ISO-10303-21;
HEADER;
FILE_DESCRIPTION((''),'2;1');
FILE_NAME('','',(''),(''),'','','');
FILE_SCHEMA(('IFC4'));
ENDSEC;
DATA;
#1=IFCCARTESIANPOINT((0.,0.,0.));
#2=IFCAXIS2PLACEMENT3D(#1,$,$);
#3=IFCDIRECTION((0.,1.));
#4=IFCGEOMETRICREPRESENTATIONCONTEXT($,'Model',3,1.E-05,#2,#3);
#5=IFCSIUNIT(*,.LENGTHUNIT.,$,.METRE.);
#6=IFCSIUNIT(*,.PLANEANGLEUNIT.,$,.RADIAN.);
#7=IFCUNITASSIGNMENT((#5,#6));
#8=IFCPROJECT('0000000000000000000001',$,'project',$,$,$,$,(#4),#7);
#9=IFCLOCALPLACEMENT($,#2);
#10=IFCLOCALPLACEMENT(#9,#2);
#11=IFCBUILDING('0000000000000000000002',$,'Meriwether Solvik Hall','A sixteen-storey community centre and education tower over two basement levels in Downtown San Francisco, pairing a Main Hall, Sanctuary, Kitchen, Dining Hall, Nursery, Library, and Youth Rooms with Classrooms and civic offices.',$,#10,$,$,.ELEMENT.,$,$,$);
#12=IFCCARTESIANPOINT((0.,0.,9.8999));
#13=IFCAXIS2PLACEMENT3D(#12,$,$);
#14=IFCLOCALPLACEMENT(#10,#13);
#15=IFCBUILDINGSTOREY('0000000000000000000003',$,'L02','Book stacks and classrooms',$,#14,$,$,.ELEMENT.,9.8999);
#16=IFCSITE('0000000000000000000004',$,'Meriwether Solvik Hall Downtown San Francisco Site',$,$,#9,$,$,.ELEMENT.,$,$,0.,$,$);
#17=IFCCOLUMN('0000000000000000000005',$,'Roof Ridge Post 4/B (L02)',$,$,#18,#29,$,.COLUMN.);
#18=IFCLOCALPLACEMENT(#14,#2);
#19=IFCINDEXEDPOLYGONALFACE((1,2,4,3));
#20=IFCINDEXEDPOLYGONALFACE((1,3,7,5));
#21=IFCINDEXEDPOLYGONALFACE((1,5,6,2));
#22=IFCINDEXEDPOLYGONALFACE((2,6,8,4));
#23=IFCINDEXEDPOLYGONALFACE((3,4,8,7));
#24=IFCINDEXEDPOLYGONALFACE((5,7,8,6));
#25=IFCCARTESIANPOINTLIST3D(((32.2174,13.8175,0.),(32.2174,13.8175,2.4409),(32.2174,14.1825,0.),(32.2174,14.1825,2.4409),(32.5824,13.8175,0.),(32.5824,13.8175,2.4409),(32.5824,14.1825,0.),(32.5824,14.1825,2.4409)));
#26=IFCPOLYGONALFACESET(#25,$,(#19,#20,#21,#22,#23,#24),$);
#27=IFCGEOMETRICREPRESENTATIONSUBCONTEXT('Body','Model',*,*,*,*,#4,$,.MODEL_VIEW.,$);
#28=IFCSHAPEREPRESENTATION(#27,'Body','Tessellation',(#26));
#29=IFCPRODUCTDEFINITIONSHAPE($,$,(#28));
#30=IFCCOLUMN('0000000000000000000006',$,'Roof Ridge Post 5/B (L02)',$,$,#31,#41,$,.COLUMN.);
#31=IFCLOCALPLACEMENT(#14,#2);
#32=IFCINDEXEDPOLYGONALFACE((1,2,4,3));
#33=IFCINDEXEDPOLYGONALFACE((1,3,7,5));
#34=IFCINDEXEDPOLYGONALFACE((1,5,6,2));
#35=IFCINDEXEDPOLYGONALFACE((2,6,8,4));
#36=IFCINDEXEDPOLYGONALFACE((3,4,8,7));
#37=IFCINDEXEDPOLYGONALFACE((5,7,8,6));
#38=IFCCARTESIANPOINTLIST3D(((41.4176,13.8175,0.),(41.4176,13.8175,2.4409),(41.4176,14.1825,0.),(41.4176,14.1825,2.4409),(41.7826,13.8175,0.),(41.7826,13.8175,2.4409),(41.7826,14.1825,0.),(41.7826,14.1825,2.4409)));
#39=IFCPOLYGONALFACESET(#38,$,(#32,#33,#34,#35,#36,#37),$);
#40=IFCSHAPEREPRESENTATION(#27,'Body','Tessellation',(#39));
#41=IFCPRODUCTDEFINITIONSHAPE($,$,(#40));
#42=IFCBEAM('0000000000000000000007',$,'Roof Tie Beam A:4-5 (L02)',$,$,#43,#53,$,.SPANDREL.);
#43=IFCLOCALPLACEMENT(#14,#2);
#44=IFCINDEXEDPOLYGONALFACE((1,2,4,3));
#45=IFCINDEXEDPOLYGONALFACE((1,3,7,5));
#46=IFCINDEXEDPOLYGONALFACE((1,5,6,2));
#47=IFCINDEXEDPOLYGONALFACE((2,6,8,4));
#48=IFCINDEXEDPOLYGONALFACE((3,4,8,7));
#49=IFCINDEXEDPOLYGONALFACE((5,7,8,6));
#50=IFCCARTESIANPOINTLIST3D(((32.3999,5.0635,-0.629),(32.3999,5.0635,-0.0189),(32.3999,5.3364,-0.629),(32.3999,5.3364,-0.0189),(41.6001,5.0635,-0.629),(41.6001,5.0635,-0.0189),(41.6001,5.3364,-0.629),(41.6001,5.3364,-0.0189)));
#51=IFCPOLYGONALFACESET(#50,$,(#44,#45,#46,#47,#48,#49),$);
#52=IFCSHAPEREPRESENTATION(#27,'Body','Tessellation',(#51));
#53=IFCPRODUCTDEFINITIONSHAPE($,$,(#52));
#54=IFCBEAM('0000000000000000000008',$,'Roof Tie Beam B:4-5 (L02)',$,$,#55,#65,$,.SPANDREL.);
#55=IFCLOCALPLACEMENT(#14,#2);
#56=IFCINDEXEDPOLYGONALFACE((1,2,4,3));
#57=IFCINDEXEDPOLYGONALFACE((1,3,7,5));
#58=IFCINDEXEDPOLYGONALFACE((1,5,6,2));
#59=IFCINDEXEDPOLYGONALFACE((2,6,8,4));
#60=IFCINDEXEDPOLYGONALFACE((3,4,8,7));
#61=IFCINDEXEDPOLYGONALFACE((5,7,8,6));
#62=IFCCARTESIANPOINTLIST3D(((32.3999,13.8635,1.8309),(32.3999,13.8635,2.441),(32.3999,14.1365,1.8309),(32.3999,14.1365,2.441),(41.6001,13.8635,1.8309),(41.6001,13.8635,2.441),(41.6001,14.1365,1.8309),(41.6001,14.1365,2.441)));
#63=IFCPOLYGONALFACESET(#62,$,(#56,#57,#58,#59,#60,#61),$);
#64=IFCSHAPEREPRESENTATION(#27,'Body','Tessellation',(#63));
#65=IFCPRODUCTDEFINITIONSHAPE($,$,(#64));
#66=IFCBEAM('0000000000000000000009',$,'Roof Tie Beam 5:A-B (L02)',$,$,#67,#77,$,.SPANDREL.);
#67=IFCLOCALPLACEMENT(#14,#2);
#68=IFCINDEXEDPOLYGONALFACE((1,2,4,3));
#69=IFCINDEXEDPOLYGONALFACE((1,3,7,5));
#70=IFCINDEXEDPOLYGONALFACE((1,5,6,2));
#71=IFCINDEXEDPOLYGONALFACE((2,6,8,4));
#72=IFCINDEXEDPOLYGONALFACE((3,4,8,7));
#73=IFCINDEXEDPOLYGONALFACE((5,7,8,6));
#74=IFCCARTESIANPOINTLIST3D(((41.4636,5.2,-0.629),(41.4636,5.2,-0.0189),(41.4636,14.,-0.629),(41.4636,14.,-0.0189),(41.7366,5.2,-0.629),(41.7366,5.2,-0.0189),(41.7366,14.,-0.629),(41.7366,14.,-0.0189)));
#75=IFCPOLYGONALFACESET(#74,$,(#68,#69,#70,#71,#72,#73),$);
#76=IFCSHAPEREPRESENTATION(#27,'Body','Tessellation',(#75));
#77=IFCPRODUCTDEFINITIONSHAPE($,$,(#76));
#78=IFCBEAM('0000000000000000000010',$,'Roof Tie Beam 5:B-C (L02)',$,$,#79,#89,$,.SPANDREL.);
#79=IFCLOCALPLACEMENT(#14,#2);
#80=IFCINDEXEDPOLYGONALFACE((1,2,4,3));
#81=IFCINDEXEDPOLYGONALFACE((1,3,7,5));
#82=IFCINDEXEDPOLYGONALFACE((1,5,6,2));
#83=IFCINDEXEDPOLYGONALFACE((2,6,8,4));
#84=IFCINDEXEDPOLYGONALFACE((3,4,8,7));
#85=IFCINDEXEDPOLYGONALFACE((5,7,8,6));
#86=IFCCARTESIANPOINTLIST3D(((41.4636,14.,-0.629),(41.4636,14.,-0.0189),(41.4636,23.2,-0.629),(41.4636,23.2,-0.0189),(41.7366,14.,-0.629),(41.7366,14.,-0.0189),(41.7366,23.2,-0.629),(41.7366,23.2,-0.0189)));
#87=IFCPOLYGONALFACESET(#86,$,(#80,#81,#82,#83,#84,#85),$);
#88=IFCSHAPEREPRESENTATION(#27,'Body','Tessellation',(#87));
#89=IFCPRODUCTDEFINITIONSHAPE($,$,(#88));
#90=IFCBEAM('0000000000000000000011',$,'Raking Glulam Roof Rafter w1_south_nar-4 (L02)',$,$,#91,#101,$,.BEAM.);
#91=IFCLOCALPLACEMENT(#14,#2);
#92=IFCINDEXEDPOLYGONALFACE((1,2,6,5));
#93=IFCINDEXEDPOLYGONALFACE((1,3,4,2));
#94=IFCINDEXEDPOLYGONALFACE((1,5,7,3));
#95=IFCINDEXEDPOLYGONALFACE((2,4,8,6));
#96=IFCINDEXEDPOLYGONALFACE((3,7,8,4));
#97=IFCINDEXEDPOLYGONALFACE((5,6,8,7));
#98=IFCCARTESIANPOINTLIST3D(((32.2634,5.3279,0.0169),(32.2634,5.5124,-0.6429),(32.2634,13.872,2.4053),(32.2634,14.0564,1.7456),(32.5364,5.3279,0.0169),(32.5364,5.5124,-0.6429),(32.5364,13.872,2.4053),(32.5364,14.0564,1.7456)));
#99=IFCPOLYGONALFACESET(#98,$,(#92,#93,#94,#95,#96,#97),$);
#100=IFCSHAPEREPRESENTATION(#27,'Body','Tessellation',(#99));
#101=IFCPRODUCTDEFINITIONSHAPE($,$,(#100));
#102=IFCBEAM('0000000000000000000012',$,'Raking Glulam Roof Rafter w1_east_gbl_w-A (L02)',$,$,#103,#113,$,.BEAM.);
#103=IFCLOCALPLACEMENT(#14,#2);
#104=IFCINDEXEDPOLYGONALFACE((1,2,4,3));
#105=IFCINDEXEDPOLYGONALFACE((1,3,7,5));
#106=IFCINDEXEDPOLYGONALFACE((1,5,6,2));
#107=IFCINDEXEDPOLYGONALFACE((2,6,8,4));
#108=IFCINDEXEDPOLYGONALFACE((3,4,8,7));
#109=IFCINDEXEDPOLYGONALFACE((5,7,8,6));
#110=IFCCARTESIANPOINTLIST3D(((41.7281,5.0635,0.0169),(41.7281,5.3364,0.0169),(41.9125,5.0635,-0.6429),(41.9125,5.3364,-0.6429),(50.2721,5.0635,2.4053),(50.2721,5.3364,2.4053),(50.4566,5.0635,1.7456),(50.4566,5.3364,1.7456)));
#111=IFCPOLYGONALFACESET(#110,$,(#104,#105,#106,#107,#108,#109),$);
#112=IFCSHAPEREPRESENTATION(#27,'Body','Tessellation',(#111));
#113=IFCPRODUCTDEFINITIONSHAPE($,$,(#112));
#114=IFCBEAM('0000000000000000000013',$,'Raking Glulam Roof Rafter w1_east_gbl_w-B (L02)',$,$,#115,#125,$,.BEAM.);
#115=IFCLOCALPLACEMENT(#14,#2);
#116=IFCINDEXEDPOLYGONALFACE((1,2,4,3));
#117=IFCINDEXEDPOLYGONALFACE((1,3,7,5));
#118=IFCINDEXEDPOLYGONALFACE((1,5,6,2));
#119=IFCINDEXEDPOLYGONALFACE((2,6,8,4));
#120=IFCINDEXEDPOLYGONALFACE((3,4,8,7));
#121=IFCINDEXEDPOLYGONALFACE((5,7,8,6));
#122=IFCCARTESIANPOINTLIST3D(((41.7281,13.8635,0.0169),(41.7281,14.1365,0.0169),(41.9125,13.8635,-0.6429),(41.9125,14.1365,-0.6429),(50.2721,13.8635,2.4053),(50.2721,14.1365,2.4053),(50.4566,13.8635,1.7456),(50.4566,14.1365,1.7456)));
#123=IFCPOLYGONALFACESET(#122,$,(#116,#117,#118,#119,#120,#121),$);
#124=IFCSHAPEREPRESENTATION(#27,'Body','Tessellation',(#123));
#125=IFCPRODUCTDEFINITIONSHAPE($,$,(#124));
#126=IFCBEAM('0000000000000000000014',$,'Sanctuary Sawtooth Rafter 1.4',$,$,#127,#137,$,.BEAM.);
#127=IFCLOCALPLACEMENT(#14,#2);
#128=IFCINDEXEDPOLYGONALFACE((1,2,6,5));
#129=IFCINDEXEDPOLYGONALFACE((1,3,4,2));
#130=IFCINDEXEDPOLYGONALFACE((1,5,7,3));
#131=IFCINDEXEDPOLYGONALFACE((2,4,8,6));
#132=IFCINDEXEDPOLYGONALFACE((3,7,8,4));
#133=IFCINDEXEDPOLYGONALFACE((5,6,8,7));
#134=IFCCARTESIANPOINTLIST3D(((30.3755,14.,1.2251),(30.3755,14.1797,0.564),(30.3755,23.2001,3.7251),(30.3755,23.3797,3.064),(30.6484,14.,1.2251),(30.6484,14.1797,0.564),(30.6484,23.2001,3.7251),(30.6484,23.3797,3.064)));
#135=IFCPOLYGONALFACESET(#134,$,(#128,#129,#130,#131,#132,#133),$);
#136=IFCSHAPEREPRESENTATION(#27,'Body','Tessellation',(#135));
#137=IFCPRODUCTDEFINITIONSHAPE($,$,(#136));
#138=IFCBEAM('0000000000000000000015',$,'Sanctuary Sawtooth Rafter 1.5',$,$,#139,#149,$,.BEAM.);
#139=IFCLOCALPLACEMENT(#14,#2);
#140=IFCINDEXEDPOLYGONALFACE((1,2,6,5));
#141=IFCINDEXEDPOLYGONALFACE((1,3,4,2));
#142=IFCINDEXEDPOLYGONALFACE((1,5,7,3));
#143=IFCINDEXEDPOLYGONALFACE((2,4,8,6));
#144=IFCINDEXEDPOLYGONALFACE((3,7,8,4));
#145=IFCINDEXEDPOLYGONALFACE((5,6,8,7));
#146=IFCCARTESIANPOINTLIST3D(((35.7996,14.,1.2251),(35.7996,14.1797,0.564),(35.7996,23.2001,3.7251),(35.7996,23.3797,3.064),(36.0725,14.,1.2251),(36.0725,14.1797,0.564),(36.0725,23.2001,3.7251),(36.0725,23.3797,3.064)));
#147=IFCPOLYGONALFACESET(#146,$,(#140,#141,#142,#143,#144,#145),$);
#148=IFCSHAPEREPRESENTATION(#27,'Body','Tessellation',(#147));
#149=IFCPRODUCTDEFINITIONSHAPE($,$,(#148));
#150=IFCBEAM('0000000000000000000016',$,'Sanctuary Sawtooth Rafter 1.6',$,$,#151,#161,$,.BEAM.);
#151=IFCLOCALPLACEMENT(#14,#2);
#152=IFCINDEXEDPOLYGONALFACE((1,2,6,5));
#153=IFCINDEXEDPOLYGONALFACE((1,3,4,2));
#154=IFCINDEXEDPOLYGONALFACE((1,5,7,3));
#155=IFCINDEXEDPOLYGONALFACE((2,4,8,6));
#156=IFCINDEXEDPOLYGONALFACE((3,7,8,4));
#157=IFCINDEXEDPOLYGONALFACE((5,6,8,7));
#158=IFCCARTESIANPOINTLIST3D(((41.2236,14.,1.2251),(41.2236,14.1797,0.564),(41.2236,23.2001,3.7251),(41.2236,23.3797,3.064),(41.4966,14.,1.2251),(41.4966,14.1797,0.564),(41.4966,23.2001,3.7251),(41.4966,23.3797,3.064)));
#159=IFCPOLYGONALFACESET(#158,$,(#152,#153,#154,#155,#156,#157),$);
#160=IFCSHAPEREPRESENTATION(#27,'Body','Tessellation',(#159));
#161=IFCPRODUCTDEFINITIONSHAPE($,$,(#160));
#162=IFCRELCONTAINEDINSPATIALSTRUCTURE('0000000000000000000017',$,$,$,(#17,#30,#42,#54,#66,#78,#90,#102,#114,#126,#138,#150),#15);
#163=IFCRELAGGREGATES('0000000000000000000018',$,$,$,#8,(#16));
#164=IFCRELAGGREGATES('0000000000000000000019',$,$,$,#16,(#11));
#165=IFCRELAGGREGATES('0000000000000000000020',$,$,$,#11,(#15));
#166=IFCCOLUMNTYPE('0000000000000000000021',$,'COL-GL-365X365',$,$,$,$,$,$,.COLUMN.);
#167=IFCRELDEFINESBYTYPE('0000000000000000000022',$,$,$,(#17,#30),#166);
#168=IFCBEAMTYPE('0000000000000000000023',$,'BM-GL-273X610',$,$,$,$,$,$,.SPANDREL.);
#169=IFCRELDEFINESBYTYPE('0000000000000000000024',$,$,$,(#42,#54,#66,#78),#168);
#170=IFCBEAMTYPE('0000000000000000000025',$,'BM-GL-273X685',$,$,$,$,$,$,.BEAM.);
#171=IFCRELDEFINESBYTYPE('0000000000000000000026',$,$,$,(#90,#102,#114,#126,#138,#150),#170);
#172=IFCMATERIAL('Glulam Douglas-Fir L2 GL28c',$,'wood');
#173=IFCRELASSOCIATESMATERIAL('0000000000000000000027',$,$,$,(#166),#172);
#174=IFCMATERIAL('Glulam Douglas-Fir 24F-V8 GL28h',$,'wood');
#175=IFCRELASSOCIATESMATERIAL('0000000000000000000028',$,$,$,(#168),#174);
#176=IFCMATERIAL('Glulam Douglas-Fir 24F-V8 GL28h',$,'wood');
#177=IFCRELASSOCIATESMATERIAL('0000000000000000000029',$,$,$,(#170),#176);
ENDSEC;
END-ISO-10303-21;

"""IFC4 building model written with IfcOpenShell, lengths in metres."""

from ifc_helpers import new_model, si_unit, direction, frame, origin, origin_2d, place, context, subcontext, project, spatial, rectangle, extrude, material, material_profile, profile_set, type_object, element, save


model = new_model("IFC4")

# Units and contexts
model_context = context("Model", 3, precision=1e-05, world=origin(), true_north=direction((0.0, 1.0)))
body_context = subcontext(model_context, "Body", "Model", "MODEL_VIEW")
ifc_project = project(units=[si_unit("LENGTHUNIT", "METRE"), si_unit("PLANEANGLEUNIT", "RADIAN")], contexts=[model_context])

# Site, building, storey
site_placement = place(None, origin())
site = spatial("IfcSite", under=ifc_project, at=site_placement, Name="Meriwether Solvik Hall Downtown San Francisco Site", CompositionType="ELEMENT", RefElevation=0.0)
building_placement = place(site_placement, origin())
building = spatial("IfcBuilding", under=site, at=building_placement, Name="Meriwether Solvik Hall", Description="A sixteen-storey community centre and education tower over two basement levels in Downtown San Francisco, pairing a Main Hall, Sanctuary, Kitchen, Dining Hall, Nursery, Library, and Youth Rooms with Classrooms and civic offices.", CompositionType="ELEMENT")
storey_placement = place(building_placement, frame((0.0, 0.0, 9.8999)))
storey = spatial("IfcBuildingStorey", under=building, at=storey_placement, Name="L02", Description="Book stacks and classrooms", CompositionType="ELEMENT", Elevation=9.8999)

# Columns
ifc_material_1 = material(Name="Glulam Douglas-Fir L2 GL28c", Category="wood")
ifc_material_profile_1 = material_profile(ifc_material_1, rectangle(XDim=0.365, YDim=0.365, at=origin_2d()), Name="GLC-365X365")
ifc_profile_set_1 = profile_set([ifc_material_profile_1], Name="Glulam Douglas-Fir L2 GL28c")
column_type = type_object("IfcColumnType", Name="COL-GL-365X365", PredefinedType="COLUMN", material=ifc_profile_set_1)
for number, where, z_axis, x_axis, name in (
    (1, (32.3999, 14.0, 0.0), (0.0, 0.0, 1.0), (1.0, 0.0, 0.0), "Roof Ridge Post 4/B (L02)"),
    (2, (41.6001, 14.0, 0.0), (0.0, 0.0, 1.0), (1.0, 0.0, 0.0), "Roof Ridge Post 5/B (L02)"),
):
    element("IfcColumn", number, at=place(storey_placement, frame(where, z_axis=z_axis, x_axis=x_axis)), inside=storey, type_object=column_type, Name=name, PredefinedType="COLUMN", context=body_context, shape_type="SweptSolid", body=[
        extrude(rectangle(XDim=0.365, YDim=0.365, at=origin_2d()), origin(), (0.0, 0.0, 1.0), 2.4409),
    ])

# Beams
ifc_material_2 = material(Name="Glulam Douglas-Fir 24F-V8 GL28h", Category="wood")
ifc_material_profile_2 = material_profile(ifc_material_2, rectangle(XDim=0.2729, YDim=0.6101, at=origin_2d()), Name="GLB-273X610")
ifc_profile_set_2 = profile_set([ifc_material_profile_2], Name="Glulam Douglas-Fir 24F-V8 GL28h")
beam_type_1 = type_object("IfcBeamType", Name="BM-GL-273X610", PredefinedType="SPANDREL", material=ifc_profile_set_2)
for number, where, z_axis, x_axis, name in (
    (3, (32.3999, 5.2, -0.324), (1.0, 0.0, 0.0), (0.0, 1.0, 0.0), "Roof Tie Beam A:4-5 (L02)"),
    (4, (32.3999, 14.0, 2.136), (1.0, 0.0, 0.0), (0.0, 1.0, 0.0), "Roof Tie Beam B:4-5 (L02)"),
):
    element("IfcBeam", number, at=place(storey_placement, frame(where, z_axis=z_axis, x_axis=x_axis)), inside=storey, type_object=beam_type_1, Name=name, PredefinedType="SPANDREL", context=body_context, shape_type="SweptSolid", body=[
        extrude(rectangle(XDim=0.2729, YDim=0.6101, at=origin_2d()), origin(), (0.0, 0.0, 1.0), 9.2002),
    ])
beam_1_placement = place(storey_placement, frame((41.6001, 5.2, -0.324), z_axis=(0.0, 1.0, 0.0), x_axis=(-1.0, 0.0, 0.0)))
element("IfcBeam", 5, at=beam_1_placement, inside=storey, type_object=beam_type_1, Name="Roof Tie Beam 5:A-B (L02)", PredefinedType="SPANDREL", context=body_context, shape_type="SweptSolid", body=[
    extrude(rectangle(XDim=0.2729, YDim=0.6101, at=origin_2d()), origin(), (0.0, 0.0, 1.0), 8.8),
])
beam_2_placement = place(storey_placement, frame((41.6001, 14.0, -0.324), z_axis=(0.0, 1.0, 0.0), x_axis=(-1.0, 0.0, 0.0)))
element("IfcBeam", 6, at=beam_2_placement, inside=storey, type_object=beam_type_1, Name="Roof Tie Beam 5:B-C (L02)", PredefinedType="SPANDREL", context=body_context, shape_type="SweptSolid", body=[
    extrude(rectangle(XDim=0.2729, YDim=0.6101, at=origin_2d()), origin(), (0.0, 0.0, 1.0), 9.2),
])
ifc_material_3 = material(Name="Glulam Douglas-Fir 24F-V8 GL28h", Category="wood")
ifc_material_profile_3 = material_profile(ifc_material_3, rectangle(XDim=0.2729, YDim=0.6851, at=origin_2d()), Name="GLB-273X685")
ifc_profile_set_3 = profile_set([ifc_material_profile_3], Name="Glulam Douglas-Fir 24F-V8 GL28h")
beam_type_2 = type_object("IfcBeamType", Name="BM-GL-273X685", PredefinedType="BEAM", material=ifc_profile_set_3)
for number, where, z_axis, x_axis, name in (
    (7, (32.3999, 5.4202, -0.313), (0.0, 0.963077, 0.269225), (-1.0, 0.0, 0.0), "Raking Glulam Roof Rafter w1_south_nar-4 (L02)"),
    (8, (41.8203, 5.2, -0.313), (0.963077, 0.0, 0.269225), (0.0, 1.0, 0.0), "Raking Glulam Roof Rafter w1_east_gbl_w-A (L02)"),
    (9, (41.8203, 14.0, -0.313), (0.963077, 0.0, 0.269225), (0.0, 1.0, 0.0), "Raking Glulam Roof Rafter w1_east_gbl_w-B (L02)"),
):
    element("IfcBeam", number, at=place(storey_placement, frame(where, z_axis=z_axis, x_axis=x_axis)), inside=storey, type_object=beam_type_2, Name=name, PredefinedType="BEAM", context=body_context, shape_type="SweptSolid", body=[
        extrude(rectangle(XDim=0.2729, YDim=0.6851, at=origin_2d()), origin(), (0.0, 0.0, 1.0), 8.8716),
    ])
for number, where, z_axis, x_axis, name in (
    (10, (30.512, 14.0898, 0.8945), (0.0, 0.965005, 0.262231), (-1.0, 0.0, 0.0), "Sanctuary Sawtooth Rafter 1.4"),
    (11, (35.936, 14.0898, 0.8945), (0.0, 0.965005, 0.262231), (-1.0, 0.0, 0.0), "Sanctuary Sawtooth Rafter 1.5"),
    (12, (41.3601, 14.0898, 0.8945), (0.0, 0.965005, 0.262231), (-1.0, 0.0, 0.0), "Sanctuary Sawtooth Rafter 1.6"),
):
    element("IfcBeam", number, at=place(storey_placement, frame(where, z_axis=z_axis, x_axis=x_axis)), inside=storey, type_object=beam_type_2, Name=name, PredefinedType="BEAM", context=body_context, shape_type="SweptSolid", body=[
        extrude(rectangle(XDim=0.2729, YDim=0.6851, at=origin_2d()), origin(), (0.0, 0.0, 1.0), 9.5337),
    ])

save(model, "model.ifc")
